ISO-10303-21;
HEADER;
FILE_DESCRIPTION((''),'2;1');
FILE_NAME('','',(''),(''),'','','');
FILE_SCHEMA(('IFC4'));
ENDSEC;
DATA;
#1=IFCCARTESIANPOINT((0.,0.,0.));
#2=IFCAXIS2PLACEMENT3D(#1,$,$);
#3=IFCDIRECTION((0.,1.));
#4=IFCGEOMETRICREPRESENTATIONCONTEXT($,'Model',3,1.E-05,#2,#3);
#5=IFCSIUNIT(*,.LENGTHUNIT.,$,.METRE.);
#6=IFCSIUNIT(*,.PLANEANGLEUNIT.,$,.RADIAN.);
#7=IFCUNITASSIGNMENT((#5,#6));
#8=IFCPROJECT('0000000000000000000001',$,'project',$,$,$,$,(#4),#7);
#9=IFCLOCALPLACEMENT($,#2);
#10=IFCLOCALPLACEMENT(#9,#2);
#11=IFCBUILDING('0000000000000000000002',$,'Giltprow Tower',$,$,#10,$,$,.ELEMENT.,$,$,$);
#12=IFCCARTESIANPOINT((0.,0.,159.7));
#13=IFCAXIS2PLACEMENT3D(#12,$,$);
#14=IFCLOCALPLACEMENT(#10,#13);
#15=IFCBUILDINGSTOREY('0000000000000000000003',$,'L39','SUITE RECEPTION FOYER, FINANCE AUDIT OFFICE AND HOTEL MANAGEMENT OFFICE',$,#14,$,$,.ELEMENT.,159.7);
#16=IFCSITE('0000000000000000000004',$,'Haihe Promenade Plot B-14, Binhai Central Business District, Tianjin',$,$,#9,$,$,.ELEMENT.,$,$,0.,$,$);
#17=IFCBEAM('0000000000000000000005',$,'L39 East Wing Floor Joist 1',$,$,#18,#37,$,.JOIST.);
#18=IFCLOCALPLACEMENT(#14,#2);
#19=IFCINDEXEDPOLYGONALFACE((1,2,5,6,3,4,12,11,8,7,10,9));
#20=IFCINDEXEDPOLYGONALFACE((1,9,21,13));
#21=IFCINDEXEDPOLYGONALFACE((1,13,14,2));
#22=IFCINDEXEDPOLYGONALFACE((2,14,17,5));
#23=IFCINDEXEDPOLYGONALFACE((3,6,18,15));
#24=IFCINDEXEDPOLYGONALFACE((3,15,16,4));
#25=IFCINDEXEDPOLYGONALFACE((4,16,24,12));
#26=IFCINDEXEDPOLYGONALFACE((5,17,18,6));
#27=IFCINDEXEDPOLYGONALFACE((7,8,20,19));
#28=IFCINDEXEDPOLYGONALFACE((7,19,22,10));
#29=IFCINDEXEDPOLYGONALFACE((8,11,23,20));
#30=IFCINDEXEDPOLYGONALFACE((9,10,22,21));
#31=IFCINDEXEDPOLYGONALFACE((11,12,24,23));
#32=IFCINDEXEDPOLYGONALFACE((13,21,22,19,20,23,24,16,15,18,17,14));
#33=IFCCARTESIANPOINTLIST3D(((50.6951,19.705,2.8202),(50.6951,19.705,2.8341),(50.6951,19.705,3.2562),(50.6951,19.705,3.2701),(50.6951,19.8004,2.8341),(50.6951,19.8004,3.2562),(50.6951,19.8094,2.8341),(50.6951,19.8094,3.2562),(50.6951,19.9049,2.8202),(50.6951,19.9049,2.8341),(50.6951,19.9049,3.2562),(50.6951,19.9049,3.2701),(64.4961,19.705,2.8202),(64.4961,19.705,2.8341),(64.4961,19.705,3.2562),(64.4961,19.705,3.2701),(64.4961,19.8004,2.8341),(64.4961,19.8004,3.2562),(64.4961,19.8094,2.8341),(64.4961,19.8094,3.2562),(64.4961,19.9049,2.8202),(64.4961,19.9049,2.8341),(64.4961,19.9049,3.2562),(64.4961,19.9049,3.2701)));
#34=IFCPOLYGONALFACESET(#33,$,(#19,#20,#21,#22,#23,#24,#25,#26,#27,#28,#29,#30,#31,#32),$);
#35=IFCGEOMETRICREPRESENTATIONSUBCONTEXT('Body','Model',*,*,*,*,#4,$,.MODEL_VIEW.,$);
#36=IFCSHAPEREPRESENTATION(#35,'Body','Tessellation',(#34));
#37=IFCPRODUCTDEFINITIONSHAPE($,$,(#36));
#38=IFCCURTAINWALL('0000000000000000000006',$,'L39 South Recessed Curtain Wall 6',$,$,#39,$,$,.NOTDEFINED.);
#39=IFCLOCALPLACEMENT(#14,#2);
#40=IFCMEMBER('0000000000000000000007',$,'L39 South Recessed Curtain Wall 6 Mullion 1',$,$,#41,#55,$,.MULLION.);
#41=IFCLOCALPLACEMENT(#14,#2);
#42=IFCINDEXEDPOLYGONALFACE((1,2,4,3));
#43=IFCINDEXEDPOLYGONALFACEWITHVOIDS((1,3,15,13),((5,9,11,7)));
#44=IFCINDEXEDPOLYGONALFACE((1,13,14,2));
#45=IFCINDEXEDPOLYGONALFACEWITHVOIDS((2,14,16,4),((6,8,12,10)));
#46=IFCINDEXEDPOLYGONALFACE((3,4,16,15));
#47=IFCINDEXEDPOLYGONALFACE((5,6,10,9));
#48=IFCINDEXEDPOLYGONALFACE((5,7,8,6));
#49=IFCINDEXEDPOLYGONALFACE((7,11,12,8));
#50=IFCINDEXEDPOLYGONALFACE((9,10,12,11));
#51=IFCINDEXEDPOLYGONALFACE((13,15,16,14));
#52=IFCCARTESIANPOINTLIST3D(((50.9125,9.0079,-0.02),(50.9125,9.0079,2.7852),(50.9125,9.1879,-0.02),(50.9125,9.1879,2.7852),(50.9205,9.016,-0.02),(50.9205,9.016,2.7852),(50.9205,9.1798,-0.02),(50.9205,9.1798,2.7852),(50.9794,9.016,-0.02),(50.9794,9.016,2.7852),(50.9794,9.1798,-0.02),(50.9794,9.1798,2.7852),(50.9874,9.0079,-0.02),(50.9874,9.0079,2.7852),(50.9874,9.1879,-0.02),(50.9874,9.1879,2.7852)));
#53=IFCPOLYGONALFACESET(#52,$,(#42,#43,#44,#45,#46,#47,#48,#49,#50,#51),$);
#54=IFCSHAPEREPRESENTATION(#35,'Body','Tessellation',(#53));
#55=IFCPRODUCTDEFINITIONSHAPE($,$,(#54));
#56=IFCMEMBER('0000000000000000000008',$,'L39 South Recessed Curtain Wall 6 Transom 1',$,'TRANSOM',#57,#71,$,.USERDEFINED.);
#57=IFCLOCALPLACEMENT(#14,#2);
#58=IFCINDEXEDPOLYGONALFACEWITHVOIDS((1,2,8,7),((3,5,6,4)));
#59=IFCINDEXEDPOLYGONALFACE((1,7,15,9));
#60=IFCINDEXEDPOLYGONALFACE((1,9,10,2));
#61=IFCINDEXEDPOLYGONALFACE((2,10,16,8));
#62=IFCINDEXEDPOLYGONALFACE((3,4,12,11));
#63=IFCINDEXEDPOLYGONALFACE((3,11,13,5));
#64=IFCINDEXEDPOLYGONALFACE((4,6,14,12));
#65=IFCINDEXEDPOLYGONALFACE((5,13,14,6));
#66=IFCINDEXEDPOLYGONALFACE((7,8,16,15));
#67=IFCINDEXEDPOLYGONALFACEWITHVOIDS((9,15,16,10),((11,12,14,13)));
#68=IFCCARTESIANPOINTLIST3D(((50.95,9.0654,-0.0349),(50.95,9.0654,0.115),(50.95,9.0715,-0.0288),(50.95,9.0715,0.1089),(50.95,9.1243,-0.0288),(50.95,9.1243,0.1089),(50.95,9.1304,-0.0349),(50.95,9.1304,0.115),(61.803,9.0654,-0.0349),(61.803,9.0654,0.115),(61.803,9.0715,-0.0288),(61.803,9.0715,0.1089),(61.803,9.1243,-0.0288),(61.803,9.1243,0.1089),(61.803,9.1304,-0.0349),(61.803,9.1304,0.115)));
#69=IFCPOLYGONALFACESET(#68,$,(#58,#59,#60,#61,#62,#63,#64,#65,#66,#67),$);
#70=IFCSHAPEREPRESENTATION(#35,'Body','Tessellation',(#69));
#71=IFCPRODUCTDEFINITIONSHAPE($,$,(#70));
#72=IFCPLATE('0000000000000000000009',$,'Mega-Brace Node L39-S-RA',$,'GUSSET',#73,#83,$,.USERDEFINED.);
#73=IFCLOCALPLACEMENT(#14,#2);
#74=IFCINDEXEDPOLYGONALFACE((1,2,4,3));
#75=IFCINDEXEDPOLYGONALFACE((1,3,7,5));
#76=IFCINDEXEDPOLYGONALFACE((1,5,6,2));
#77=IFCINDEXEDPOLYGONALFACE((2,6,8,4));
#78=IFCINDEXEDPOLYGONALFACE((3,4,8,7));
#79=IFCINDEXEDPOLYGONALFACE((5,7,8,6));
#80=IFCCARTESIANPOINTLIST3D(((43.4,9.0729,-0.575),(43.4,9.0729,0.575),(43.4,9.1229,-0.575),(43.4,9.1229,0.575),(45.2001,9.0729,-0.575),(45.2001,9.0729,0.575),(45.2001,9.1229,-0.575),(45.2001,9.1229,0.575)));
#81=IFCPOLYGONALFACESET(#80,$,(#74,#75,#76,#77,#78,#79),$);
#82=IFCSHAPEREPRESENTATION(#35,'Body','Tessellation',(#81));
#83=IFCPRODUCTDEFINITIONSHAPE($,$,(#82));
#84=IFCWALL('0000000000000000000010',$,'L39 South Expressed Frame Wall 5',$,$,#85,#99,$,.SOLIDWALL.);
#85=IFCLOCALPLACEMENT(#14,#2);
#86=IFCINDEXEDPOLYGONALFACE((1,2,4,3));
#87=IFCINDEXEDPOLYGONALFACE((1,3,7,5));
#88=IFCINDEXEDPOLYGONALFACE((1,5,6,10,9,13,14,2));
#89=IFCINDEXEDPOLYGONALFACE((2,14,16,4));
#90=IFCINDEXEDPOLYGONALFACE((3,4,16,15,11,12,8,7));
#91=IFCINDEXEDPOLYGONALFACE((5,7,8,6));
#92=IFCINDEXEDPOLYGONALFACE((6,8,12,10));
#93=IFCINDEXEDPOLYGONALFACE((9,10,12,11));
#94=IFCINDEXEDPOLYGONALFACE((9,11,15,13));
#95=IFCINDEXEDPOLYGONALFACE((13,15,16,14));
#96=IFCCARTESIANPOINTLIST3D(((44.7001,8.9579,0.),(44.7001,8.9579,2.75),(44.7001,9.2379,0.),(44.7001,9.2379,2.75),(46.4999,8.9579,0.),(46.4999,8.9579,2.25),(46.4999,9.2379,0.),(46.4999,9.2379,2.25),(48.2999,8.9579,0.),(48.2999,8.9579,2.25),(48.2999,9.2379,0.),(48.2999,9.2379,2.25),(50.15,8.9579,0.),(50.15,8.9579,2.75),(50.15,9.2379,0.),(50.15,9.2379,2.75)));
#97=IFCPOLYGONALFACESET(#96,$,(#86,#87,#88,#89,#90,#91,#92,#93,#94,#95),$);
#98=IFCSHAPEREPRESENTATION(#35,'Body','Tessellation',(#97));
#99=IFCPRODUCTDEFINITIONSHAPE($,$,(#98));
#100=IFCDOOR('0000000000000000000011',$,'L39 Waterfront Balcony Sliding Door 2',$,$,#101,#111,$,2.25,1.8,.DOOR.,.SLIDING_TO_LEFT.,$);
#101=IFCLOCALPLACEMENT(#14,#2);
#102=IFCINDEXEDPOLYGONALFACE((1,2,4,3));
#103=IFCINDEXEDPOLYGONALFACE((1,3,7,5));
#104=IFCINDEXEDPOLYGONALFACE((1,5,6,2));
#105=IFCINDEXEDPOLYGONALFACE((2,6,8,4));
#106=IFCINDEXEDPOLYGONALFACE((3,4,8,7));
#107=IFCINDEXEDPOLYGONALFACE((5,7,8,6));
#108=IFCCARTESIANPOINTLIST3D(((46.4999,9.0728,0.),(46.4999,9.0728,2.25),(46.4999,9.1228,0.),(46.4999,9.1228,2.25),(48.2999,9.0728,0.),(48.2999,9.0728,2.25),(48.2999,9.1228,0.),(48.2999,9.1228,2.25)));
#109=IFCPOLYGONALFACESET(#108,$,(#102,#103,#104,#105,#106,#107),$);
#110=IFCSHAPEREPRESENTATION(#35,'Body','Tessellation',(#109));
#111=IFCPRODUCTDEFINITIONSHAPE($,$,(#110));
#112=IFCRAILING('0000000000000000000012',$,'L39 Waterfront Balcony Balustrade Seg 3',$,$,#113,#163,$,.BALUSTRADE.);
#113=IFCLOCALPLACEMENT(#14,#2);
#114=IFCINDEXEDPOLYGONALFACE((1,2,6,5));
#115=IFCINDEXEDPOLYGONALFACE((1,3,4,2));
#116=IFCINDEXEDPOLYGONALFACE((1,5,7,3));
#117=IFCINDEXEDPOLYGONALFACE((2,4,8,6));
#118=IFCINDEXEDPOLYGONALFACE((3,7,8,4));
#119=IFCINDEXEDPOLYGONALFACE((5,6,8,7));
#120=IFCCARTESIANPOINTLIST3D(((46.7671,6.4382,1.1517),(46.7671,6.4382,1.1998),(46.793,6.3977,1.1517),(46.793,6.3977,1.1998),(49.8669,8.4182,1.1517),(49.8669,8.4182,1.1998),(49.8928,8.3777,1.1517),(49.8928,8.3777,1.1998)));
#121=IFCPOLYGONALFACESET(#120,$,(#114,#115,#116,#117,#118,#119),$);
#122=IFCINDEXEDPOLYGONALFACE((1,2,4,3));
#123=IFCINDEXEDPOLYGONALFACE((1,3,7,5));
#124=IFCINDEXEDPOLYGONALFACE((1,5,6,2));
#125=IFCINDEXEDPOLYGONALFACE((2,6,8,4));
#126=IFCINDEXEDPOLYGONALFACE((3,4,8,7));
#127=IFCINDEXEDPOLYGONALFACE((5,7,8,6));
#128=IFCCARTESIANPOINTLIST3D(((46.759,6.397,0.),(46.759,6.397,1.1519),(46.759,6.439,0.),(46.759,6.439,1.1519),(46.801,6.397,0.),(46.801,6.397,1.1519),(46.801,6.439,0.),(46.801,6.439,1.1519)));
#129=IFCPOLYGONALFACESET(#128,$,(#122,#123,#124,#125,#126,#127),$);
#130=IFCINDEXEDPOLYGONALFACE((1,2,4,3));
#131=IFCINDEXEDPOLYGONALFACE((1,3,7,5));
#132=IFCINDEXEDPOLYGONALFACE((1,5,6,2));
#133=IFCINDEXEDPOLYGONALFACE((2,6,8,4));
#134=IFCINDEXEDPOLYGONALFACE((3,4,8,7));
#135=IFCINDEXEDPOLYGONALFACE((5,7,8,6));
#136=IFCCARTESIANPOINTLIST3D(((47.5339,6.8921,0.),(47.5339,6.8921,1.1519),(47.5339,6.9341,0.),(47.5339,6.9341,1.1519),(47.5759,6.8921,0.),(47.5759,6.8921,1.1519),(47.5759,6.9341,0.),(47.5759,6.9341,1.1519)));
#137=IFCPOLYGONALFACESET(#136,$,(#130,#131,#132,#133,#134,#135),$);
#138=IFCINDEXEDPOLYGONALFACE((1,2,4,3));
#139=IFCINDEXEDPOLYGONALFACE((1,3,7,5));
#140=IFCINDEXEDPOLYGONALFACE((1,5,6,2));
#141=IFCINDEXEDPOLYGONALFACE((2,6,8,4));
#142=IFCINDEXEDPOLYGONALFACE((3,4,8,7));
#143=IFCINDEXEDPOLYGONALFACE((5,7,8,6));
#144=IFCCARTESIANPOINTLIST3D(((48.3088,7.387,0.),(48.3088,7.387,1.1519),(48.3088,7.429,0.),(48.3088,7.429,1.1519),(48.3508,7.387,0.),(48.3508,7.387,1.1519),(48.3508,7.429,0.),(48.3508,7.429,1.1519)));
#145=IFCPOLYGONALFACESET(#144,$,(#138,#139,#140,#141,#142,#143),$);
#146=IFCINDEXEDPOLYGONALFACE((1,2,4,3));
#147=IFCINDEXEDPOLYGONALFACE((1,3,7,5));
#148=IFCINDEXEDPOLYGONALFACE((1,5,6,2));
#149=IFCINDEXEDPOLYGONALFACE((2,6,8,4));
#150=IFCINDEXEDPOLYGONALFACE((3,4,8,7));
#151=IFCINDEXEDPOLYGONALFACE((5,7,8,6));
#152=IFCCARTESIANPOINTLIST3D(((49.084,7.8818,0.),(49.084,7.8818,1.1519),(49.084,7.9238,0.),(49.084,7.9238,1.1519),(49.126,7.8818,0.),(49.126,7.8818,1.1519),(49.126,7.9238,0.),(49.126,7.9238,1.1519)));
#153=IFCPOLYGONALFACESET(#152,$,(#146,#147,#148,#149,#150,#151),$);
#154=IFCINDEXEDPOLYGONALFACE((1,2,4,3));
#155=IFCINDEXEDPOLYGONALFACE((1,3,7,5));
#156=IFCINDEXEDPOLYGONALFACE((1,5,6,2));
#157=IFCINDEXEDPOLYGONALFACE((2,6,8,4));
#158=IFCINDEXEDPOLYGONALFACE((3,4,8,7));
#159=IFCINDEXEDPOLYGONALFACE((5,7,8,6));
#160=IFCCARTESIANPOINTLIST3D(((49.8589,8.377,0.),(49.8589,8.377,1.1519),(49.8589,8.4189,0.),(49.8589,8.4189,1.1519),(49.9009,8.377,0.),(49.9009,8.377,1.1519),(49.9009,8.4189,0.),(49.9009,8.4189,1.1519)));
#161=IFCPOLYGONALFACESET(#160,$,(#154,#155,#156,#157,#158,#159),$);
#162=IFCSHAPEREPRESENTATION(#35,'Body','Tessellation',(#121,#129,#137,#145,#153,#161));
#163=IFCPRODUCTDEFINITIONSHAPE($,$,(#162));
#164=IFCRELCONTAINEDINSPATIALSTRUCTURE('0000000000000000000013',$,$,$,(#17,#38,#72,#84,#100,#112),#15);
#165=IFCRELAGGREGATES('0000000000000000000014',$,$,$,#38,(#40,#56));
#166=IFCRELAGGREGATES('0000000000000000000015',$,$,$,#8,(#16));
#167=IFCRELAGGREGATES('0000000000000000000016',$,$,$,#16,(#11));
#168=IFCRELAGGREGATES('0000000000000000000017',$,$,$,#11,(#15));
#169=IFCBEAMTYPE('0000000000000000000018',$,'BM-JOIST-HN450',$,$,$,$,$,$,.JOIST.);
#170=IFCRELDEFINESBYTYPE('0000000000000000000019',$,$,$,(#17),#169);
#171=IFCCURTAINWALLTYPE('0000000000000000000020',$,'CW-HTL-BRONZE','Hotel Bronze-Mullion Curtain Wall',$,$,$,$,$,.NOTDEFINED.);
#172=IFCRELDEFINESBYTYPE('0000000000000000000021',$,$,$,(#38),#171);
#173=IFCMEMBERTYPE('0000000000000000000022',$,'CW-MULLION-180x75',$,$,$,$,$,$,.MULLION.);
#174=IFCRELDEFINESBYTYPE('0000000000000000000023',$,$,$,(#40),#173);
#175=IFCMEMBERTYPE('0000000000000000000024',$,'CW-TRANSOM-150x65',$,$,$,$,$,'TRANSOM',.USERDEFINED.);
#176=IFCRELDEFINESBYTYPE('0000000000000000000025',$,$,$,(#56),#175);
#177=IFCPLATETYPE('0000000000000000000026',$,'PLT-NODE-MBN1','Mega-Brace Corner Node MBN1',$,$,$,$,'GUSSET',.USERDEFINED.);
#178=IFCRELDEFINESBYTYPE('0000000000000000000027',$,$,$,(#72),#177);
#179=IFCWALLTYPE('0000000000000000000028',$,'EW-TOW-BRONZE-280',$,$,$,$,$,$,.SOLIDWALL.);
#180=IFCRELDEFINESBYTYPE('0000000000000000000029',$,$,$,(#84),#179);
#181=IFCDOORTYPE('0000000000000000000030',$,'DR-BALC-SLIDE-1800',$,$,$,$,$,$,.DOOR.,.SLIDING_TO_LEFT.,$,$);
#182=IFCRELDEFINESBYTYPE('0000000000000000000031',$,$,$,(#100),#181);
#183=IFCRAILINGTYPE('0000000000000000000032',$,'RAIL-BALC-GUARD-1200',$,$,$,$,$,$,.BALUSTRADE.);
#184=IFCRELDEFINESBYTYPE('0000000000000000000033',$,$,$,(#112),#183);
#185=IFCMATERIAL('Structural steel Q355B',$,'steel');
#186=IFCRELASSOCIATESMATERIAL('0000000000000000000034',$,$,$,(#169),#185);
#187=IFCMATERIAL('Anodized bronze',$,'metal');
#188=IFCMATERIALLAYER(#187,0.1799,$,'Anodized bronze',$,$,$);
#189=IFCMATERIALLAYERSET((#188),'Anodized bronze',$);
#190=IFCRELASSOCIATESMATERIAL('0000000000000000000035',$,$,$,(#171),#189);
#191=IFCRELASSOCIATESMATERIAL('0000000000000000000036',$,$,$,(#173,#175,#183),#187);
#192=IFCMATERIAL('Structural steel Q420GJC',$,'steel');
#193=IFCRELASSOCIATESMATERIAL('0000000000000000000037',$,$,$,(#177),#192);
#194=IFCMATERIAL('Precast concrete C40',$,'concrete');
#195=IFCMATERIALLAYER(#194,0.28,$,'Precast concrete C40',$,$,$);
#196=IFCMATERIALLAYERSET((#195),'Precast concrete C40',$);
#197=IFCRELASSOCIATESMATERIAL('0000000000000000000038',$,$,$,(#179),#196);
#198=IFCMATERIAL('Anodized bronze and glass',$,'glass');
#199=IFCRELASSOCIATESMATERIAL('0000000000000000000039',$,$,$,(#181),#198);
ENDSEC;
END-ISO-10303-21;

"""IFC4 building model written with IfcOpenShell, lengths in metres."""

from ifc_helpers import new_model, si_unit, direction, frame, frame_2d, origin, origin_2d, place, context, subcontext, project, spatial, rectangle, hollow_rectangle, i_section, extrude, source, transform, mapped, material, layer, layer_set, material_profile, profile_set, type_object, element, fill, aggregate, save


model = new_model("IFC4")

# Units and contexts
model_context = context("Model", 3, precision=1e-05, world=origin(), true_north=direction((0.0, 1.0)))
body_context = subcontext(model_context, "Body", "Model", "MODEL_VIEW")
ifc_project = project(units=[si_unit("LENGTHUNIT", "METRE"), si_unit("PLANEANGLEUNIT", "RADIAN")], contexts=[model_context])

# Site, building, storey
site_placement = place(None, origin())
site = spatial("IfcSite", under=ifc_project, at=site_placement, Name="Haihe Promenade Plot B-14, Binhai Central Business District, Tianjin", CompositionType="ELEMENT", RefElevation=0.0)
building_placement = place(site_placement, origin())
building = spatial("IfcBuilding", under=site, at=building_placement, Name="Giltprow Tower", CompositionType="ELEMENT")
storey_placement = place(building_placement, frame((0.0, 0.0, 159.7)))
storey = spatial("IfcBuildingStorey", under=building, at=storey_placement, Name="L39", Description="SUITE RECEPTION FOYER, FINANCE AUDIT OFFICE AND HOTEL MANAGEMENT OFFICE", CompositionType="ELEMENT", Elevation=159.7)

# Shared definitions
ifc_material_1 = material(Name="Structural steel Q420GJC", Category="steel")

# Beam
ifc_material_2 = material(Name="Structural steel Q355B", Category="steel")
ifc_material_profile_1 = material_profile(ifc_material_2, i_section(OverallWidth=0.2, OverallDepth=0.45, WebThickness=0.009, FlangeThickness=0.0139, at=origin_2d()), Name="HN 450x200x9x14")
ifc_profile_set_1 = profile_set([ifc_material_profile_1], Name="Structural steel Q355B")
beam_type_1 = type_object("IfcBeamType", Name="BM-JOIST-HN450", PredefinedType="JOIST", material=ifc_profile_set_1)
shared_shape_1 = source(origin(), body_context, "Body", "SweptSolid", [
    extrude(i_section(OverallWidth=0.2, OverallDepth=0.45, WebThickness=0.009, FlangeThickness=0.0139, at=origin_2d()), origin(), (0.0, 0.0, 1.0), 13.801),
])
beam_1_placement = place(storey_placement, frame((50.6951, 19.8049, 3.0452), z_axis=(1.0, 0.0, 0.0), x_axis=(0.0, 1.0, 0.0)))
element("IfcBeam", 1, at=beam_1_placement, inside=storey, type_object=beam_type_1, Name="L39 East Wing Floor Joist 1", PredefinedType="JOIST", context=body_context, shape_type="MappedRepresentation", body=[
    mapped(shared_shape_1, transform((0.0, 0.0, 0.0), x_axis=(1.0, 0.0, 0.0), y_axis=(0.0, 1.0, 0.0), z_axis=(0.0, 0.0, 1.0), scale=1.0)),
])

# Curtain wall, members
ifc_material_3 = material(Name="Anodized bronze", Category="metal")
ifc_layer_1 = layer(ifc_material_3, 0.1799, Name="Anodized bronze")
ifc_layer_set_1 = layer_set([ifc_layer_1], Name="Anodized bronze")
curtain_wall_type = type_object("IfcCurtainWallType", Name="CW-HTL-BRONZE", Description="Hotel Bronze-Mullion Curtain Wall", PredefinedType="NOTDEFINED", material=ifc_layer_set_1)
curtain_wall_placement = place(storey_placement, origin())
curtain_wall = element("IfcCurtainWall", 2, at=curtain_wall_placement, inside=storey, type_object=curtain_wall_type, Name="L39 South Recessed Curtain Wall 6", PredefinedType="NOTDEFINED")
ifc_material_profile_2 = material_profile(ifc_material_3, hollow_rectangle(XDim=0.075, YDim=0.1799, WallThickness=0.0081, at=origin_2d()), Name="RHS 180x75x8")
ifc_profile_set_2 = profile_set([ifc_material_profile_2], Name="Anodized bronze")
member_type_1 = type_object("IfcMemberType", Name="CW-MULLION-180x75", PredefinedType="MULLION", material=ifc_profile_set_2)
shared_shape_2 = source(origin(), body_context, "Body", "SweptSolid", [
    extrude(hollow_rectangle(XDim=0.075, YDim=0.1799, WallThickness=0.0081, at=origin_2d()), origin(), (0.0, 0.0, 1.0), 2.8052),
])
member_1_placement = place(storey_placement, frame((50.95, 9.0979, -0.02), z_axis=(0.0, 0.0, 1.0), x_axis=(1.0, 0.0, 0.0)))
member_1 = element("IfcMember", 3, at=member_1_placement, type_object=member_type_1, Name="L39 South Recessed Curtain Wall 6 Mullion 1", PredefinedType="MULLION", context=body_context, shape_type="MappedRepresentation", body=[
    mapped(shared_shape_2, transform((0.0, 0.0, 0.0), x_axis=(1.0, 0.0, 0.0), y_axis=(0.0, 1.0, 0.0), z_axis=(0.0, 0.0, 1.0), scale=1.0)),
])
ifc_material_profile_3 = material_profile(ifc_material_3, hollow_rectangle(XDim=0.0649, YDim=0.1499, WallThickness=0.0061, at=origin_2d()), Name="RHS 150x65x6")
ifc_profile_set_3 = profile_set([ifc_material_profile_3], Name="Anodized bronze")
member_type_2 = type_object("IfcMemberType", Name="CW-TRANSOM-150x65", ElementType="TRANSOM", PredefinedType="USERDEFINED", material=ifc_profile_set_3)
shared_shape_3 = source(origin(), body_context, "Body", "SweptSolid", [
    extrude(hollow_rectangle(XDim=0.0649, YDim=0.1499, WallThickness=0.0061, at=origin_2d()), origin(), (0.0, 0.0, 1.0), 10.853),
])
member_2_placement = place(storey_placement, frame((50.95, 9.0979, 0.04), z_axis=(1.0, 0.0, 0.0), x_axis=(0.0, 1.0, 0.0)))
member_2 = element("IfcMember", 4, at=member_2_placement, type_object=member_type_2, Name="L39 South Recessed Curtain Wall 6 Transom 1", ObjectType="TRANSOM", PredefinedType="USERDEFINED", context=body_context, shape_type="MappedRepresentation", body=[
    mapped(shared_shape_3, transform((0.0, 0.0, 0.0), x_axis=(1.0, 0.0, 0.0), y_axis=(0.0, 1.0, 0.0), z_axis=(0.0, 0.0, 1.0), scale=1.0)),
])
aggregate(curtain_wall, [member_1, member_2])

# Plate
plate_type = type_object("IfcPlateType", Name="PLT-NODE-MBN1", Description="Mega-Brace Corner Node MBN1", ElementType="GUSSET", PredefinedType="USERDEFINED", material=ifc_material_1)
shared_shape_4 = source(origin(), body_context, "Body", "SweptSolid", [
    extrude(rectangle(XDim=1.8, YDim=0.05, at=origin_2d()), origin(), (0.0, 0.0, 1.0), 1.1499),
])
plate_placement = place(storey_placement, frame((44.3, 9.0979, -0.575), z_axis=(0.0, 0.0, 1.0), x_axis=(1.0, 0.0, 0.0)))
element("IfcPlate", 5, at=plate_placement, inside=storey, type_object=plate_type, Name="Mega-Brace Node L39-S-RA", ObjectType="GUSSET", PredefinedType="USERDEFINED", context=body_context, shape_type="MappedRepresentation", body=[
    mapped(shared_shape_4, transform((0.0, 0.0, 0.0), x_axis=(1.0, 0.0, 0.0), y_axis=(0.0, 1.0, 0.0), z_axis=(0.0, 0.0, 1.0), scale=1.0)),
])

# Wall, opening, door
ifc_material_4 = material(Name="Precast concrete C40", Category="concrete")
ifc_layer_2 = layer(ifc_material_4, 0.28, Name="Precast concrete C40")
ifc_layer_set_2 = layer_set([ifc_layer_2], Name="Precast concrete C40")
wall_type = type_object("IfcWallType", Name="EW-TOW-BRONZE-280", PredefinedType="SOLIDWALL", material=ifc_layer_set_2)
wall_placement = place(storey_placement, frame((44.7, 9.0979, 0.0), z_axis=(0.0, 0.0, 1.0), x_axis=(1.0, 0.0, 0.0)))
wall = element("IfcWall", 6, at=wall_placement, inside=storey, type_object=wall_type, Name="L39 South Expressed Frame Wall 5", PredefinedType="SOLIDWALL", context=body_context, shape_type="SweptSolid", body=[
    extrude(rectangle(XDim=5.45, YDim=0.28, at=frame_2d((2.7251, 0.0))), origin(), (0.0, 0.0, 1.0), 2.75),
])
opening_placement = place(wall_placement, frame((1.8, 0.0, 0.0)))
opening = element("IfcOpeningElement", 7, at=opening_placement, cuts=wall, PredefinedType="OPENING", context=body_context, shape_type="SweptSolid", body=[
    extrude(rectangle(XDim=1.8, YDim=2.25, at=frame_2d((0.8999, 1.125))), frame((0.0, 0.1499, 0.0), z_axis=(0.0, -1.0, 0.0), x_axis=(1.0, 0.0, 0.0)), (0.0, 0.0, 1.0), 0.3),
])
ifc_material_5 = material(Name="Anodized bronze and glass", Category="glass")
door_type = type_object("IfcDoorType", Name="DR-BALC-SLIDE-1800", OperationType="SLIDING_TO_LEFT", PredefinedType="DOOR", material=ifc_material_5)
shared_shape_5 = source(origin(), body_context, "Body", "SweptSolid", [
    extrude(rectangle(XDim=1.8, YDim=2.25, at=frame_2d((0.8999, 1.125))), frame((0.0, 0.0249, 0.0), z_axis=(0.0, -1.0, 0.0), x_axis=(1.0, 0.0, 0.0)), (0.0, 0.0, 1.0), 0.05),
])
door_placement = place(opening_placement, origin())
door = element("IfcDoor", 8, at=door_placement, inside=storey, type_object=door_type, Name="L39 Waterfront Balcony Sliding Door 2", OperationType="SLIDING_TO_LEFT", OverallHeight=2.25, OverallWidth=1.8, PredefinedType="DOOR", context=body_context, shape_type="MappedRepresentation", body=[
    mapped(shared_shape_5, transform((0.0, 0.0, 0.0), x_axis=(1.0, 0.0, 0.0), y_axis=(0.0, 1.0, 0.0), z_axis=(0.0, 0.0, 1.0), scale=1.0)),
])
fill(opening, door)

# Railing
railing_type = type_object("IfcRailingType", Name="RAIL-BALC-GUARD-1200", PredefinedType="BALUSTRADE", material=ifc_material_3)
railing_1_placement = place(storey_placement, frame((46.78, 6.418, 0.0)))
element("IfcRailing", 9, at=railing_1_placement, inside=storey, type_object=railing_type, Name="L39 Waterfront Balcony Balustrade Seg 3", PredefinedType="BALUSTRADE", context=body_context, shape_type="SweptSolid", body=[
    extrude(rectangle(XDim=0.0481, YDim=0.0481, at=origin_2d()), frame((0.0, 0.0, 1.1758), z_axis=(0.842756, 0.538296, 0.0), x_axis=(-0.538296, 0.842756, 0.0)), (0.0, 0.0, 1.0), 3.6782),
    extrude(rectangle(XDim=0.042, YDim=0.042, at=origin_2d()), origin(), (0.0, 0.0, 1.0), 1.1519),
    extrude(rectangle(XDim=0.042, YDim=0.042, at=origin_2d()), frame((0.7749, 0.4951, 0.0)), (0.0, 0.0, 1.0), 1.1519),
    extrude(rectangle(XDim=0.042, YDim=0.042, at=origin_2d()), frame((1.5498, 0.99, 0.0)), (0.0, 0.0, 1.0), 1.1519),
    extrude(rectangle(XDim=0.042, YDim=0.042, at=origin_2d()), frame((2.325, 1.4849, 0.0)), (0.0, 0.0, 1.0), 1.1519),
    extrude(rectangle(XDim=0.042, YDim=0.042, at=origin_2d()), frame((3.0999, 1.98, 0.0)), (0.0, 0.0, 1.0), 1.1519),
])

save(model, "model.ifc")
